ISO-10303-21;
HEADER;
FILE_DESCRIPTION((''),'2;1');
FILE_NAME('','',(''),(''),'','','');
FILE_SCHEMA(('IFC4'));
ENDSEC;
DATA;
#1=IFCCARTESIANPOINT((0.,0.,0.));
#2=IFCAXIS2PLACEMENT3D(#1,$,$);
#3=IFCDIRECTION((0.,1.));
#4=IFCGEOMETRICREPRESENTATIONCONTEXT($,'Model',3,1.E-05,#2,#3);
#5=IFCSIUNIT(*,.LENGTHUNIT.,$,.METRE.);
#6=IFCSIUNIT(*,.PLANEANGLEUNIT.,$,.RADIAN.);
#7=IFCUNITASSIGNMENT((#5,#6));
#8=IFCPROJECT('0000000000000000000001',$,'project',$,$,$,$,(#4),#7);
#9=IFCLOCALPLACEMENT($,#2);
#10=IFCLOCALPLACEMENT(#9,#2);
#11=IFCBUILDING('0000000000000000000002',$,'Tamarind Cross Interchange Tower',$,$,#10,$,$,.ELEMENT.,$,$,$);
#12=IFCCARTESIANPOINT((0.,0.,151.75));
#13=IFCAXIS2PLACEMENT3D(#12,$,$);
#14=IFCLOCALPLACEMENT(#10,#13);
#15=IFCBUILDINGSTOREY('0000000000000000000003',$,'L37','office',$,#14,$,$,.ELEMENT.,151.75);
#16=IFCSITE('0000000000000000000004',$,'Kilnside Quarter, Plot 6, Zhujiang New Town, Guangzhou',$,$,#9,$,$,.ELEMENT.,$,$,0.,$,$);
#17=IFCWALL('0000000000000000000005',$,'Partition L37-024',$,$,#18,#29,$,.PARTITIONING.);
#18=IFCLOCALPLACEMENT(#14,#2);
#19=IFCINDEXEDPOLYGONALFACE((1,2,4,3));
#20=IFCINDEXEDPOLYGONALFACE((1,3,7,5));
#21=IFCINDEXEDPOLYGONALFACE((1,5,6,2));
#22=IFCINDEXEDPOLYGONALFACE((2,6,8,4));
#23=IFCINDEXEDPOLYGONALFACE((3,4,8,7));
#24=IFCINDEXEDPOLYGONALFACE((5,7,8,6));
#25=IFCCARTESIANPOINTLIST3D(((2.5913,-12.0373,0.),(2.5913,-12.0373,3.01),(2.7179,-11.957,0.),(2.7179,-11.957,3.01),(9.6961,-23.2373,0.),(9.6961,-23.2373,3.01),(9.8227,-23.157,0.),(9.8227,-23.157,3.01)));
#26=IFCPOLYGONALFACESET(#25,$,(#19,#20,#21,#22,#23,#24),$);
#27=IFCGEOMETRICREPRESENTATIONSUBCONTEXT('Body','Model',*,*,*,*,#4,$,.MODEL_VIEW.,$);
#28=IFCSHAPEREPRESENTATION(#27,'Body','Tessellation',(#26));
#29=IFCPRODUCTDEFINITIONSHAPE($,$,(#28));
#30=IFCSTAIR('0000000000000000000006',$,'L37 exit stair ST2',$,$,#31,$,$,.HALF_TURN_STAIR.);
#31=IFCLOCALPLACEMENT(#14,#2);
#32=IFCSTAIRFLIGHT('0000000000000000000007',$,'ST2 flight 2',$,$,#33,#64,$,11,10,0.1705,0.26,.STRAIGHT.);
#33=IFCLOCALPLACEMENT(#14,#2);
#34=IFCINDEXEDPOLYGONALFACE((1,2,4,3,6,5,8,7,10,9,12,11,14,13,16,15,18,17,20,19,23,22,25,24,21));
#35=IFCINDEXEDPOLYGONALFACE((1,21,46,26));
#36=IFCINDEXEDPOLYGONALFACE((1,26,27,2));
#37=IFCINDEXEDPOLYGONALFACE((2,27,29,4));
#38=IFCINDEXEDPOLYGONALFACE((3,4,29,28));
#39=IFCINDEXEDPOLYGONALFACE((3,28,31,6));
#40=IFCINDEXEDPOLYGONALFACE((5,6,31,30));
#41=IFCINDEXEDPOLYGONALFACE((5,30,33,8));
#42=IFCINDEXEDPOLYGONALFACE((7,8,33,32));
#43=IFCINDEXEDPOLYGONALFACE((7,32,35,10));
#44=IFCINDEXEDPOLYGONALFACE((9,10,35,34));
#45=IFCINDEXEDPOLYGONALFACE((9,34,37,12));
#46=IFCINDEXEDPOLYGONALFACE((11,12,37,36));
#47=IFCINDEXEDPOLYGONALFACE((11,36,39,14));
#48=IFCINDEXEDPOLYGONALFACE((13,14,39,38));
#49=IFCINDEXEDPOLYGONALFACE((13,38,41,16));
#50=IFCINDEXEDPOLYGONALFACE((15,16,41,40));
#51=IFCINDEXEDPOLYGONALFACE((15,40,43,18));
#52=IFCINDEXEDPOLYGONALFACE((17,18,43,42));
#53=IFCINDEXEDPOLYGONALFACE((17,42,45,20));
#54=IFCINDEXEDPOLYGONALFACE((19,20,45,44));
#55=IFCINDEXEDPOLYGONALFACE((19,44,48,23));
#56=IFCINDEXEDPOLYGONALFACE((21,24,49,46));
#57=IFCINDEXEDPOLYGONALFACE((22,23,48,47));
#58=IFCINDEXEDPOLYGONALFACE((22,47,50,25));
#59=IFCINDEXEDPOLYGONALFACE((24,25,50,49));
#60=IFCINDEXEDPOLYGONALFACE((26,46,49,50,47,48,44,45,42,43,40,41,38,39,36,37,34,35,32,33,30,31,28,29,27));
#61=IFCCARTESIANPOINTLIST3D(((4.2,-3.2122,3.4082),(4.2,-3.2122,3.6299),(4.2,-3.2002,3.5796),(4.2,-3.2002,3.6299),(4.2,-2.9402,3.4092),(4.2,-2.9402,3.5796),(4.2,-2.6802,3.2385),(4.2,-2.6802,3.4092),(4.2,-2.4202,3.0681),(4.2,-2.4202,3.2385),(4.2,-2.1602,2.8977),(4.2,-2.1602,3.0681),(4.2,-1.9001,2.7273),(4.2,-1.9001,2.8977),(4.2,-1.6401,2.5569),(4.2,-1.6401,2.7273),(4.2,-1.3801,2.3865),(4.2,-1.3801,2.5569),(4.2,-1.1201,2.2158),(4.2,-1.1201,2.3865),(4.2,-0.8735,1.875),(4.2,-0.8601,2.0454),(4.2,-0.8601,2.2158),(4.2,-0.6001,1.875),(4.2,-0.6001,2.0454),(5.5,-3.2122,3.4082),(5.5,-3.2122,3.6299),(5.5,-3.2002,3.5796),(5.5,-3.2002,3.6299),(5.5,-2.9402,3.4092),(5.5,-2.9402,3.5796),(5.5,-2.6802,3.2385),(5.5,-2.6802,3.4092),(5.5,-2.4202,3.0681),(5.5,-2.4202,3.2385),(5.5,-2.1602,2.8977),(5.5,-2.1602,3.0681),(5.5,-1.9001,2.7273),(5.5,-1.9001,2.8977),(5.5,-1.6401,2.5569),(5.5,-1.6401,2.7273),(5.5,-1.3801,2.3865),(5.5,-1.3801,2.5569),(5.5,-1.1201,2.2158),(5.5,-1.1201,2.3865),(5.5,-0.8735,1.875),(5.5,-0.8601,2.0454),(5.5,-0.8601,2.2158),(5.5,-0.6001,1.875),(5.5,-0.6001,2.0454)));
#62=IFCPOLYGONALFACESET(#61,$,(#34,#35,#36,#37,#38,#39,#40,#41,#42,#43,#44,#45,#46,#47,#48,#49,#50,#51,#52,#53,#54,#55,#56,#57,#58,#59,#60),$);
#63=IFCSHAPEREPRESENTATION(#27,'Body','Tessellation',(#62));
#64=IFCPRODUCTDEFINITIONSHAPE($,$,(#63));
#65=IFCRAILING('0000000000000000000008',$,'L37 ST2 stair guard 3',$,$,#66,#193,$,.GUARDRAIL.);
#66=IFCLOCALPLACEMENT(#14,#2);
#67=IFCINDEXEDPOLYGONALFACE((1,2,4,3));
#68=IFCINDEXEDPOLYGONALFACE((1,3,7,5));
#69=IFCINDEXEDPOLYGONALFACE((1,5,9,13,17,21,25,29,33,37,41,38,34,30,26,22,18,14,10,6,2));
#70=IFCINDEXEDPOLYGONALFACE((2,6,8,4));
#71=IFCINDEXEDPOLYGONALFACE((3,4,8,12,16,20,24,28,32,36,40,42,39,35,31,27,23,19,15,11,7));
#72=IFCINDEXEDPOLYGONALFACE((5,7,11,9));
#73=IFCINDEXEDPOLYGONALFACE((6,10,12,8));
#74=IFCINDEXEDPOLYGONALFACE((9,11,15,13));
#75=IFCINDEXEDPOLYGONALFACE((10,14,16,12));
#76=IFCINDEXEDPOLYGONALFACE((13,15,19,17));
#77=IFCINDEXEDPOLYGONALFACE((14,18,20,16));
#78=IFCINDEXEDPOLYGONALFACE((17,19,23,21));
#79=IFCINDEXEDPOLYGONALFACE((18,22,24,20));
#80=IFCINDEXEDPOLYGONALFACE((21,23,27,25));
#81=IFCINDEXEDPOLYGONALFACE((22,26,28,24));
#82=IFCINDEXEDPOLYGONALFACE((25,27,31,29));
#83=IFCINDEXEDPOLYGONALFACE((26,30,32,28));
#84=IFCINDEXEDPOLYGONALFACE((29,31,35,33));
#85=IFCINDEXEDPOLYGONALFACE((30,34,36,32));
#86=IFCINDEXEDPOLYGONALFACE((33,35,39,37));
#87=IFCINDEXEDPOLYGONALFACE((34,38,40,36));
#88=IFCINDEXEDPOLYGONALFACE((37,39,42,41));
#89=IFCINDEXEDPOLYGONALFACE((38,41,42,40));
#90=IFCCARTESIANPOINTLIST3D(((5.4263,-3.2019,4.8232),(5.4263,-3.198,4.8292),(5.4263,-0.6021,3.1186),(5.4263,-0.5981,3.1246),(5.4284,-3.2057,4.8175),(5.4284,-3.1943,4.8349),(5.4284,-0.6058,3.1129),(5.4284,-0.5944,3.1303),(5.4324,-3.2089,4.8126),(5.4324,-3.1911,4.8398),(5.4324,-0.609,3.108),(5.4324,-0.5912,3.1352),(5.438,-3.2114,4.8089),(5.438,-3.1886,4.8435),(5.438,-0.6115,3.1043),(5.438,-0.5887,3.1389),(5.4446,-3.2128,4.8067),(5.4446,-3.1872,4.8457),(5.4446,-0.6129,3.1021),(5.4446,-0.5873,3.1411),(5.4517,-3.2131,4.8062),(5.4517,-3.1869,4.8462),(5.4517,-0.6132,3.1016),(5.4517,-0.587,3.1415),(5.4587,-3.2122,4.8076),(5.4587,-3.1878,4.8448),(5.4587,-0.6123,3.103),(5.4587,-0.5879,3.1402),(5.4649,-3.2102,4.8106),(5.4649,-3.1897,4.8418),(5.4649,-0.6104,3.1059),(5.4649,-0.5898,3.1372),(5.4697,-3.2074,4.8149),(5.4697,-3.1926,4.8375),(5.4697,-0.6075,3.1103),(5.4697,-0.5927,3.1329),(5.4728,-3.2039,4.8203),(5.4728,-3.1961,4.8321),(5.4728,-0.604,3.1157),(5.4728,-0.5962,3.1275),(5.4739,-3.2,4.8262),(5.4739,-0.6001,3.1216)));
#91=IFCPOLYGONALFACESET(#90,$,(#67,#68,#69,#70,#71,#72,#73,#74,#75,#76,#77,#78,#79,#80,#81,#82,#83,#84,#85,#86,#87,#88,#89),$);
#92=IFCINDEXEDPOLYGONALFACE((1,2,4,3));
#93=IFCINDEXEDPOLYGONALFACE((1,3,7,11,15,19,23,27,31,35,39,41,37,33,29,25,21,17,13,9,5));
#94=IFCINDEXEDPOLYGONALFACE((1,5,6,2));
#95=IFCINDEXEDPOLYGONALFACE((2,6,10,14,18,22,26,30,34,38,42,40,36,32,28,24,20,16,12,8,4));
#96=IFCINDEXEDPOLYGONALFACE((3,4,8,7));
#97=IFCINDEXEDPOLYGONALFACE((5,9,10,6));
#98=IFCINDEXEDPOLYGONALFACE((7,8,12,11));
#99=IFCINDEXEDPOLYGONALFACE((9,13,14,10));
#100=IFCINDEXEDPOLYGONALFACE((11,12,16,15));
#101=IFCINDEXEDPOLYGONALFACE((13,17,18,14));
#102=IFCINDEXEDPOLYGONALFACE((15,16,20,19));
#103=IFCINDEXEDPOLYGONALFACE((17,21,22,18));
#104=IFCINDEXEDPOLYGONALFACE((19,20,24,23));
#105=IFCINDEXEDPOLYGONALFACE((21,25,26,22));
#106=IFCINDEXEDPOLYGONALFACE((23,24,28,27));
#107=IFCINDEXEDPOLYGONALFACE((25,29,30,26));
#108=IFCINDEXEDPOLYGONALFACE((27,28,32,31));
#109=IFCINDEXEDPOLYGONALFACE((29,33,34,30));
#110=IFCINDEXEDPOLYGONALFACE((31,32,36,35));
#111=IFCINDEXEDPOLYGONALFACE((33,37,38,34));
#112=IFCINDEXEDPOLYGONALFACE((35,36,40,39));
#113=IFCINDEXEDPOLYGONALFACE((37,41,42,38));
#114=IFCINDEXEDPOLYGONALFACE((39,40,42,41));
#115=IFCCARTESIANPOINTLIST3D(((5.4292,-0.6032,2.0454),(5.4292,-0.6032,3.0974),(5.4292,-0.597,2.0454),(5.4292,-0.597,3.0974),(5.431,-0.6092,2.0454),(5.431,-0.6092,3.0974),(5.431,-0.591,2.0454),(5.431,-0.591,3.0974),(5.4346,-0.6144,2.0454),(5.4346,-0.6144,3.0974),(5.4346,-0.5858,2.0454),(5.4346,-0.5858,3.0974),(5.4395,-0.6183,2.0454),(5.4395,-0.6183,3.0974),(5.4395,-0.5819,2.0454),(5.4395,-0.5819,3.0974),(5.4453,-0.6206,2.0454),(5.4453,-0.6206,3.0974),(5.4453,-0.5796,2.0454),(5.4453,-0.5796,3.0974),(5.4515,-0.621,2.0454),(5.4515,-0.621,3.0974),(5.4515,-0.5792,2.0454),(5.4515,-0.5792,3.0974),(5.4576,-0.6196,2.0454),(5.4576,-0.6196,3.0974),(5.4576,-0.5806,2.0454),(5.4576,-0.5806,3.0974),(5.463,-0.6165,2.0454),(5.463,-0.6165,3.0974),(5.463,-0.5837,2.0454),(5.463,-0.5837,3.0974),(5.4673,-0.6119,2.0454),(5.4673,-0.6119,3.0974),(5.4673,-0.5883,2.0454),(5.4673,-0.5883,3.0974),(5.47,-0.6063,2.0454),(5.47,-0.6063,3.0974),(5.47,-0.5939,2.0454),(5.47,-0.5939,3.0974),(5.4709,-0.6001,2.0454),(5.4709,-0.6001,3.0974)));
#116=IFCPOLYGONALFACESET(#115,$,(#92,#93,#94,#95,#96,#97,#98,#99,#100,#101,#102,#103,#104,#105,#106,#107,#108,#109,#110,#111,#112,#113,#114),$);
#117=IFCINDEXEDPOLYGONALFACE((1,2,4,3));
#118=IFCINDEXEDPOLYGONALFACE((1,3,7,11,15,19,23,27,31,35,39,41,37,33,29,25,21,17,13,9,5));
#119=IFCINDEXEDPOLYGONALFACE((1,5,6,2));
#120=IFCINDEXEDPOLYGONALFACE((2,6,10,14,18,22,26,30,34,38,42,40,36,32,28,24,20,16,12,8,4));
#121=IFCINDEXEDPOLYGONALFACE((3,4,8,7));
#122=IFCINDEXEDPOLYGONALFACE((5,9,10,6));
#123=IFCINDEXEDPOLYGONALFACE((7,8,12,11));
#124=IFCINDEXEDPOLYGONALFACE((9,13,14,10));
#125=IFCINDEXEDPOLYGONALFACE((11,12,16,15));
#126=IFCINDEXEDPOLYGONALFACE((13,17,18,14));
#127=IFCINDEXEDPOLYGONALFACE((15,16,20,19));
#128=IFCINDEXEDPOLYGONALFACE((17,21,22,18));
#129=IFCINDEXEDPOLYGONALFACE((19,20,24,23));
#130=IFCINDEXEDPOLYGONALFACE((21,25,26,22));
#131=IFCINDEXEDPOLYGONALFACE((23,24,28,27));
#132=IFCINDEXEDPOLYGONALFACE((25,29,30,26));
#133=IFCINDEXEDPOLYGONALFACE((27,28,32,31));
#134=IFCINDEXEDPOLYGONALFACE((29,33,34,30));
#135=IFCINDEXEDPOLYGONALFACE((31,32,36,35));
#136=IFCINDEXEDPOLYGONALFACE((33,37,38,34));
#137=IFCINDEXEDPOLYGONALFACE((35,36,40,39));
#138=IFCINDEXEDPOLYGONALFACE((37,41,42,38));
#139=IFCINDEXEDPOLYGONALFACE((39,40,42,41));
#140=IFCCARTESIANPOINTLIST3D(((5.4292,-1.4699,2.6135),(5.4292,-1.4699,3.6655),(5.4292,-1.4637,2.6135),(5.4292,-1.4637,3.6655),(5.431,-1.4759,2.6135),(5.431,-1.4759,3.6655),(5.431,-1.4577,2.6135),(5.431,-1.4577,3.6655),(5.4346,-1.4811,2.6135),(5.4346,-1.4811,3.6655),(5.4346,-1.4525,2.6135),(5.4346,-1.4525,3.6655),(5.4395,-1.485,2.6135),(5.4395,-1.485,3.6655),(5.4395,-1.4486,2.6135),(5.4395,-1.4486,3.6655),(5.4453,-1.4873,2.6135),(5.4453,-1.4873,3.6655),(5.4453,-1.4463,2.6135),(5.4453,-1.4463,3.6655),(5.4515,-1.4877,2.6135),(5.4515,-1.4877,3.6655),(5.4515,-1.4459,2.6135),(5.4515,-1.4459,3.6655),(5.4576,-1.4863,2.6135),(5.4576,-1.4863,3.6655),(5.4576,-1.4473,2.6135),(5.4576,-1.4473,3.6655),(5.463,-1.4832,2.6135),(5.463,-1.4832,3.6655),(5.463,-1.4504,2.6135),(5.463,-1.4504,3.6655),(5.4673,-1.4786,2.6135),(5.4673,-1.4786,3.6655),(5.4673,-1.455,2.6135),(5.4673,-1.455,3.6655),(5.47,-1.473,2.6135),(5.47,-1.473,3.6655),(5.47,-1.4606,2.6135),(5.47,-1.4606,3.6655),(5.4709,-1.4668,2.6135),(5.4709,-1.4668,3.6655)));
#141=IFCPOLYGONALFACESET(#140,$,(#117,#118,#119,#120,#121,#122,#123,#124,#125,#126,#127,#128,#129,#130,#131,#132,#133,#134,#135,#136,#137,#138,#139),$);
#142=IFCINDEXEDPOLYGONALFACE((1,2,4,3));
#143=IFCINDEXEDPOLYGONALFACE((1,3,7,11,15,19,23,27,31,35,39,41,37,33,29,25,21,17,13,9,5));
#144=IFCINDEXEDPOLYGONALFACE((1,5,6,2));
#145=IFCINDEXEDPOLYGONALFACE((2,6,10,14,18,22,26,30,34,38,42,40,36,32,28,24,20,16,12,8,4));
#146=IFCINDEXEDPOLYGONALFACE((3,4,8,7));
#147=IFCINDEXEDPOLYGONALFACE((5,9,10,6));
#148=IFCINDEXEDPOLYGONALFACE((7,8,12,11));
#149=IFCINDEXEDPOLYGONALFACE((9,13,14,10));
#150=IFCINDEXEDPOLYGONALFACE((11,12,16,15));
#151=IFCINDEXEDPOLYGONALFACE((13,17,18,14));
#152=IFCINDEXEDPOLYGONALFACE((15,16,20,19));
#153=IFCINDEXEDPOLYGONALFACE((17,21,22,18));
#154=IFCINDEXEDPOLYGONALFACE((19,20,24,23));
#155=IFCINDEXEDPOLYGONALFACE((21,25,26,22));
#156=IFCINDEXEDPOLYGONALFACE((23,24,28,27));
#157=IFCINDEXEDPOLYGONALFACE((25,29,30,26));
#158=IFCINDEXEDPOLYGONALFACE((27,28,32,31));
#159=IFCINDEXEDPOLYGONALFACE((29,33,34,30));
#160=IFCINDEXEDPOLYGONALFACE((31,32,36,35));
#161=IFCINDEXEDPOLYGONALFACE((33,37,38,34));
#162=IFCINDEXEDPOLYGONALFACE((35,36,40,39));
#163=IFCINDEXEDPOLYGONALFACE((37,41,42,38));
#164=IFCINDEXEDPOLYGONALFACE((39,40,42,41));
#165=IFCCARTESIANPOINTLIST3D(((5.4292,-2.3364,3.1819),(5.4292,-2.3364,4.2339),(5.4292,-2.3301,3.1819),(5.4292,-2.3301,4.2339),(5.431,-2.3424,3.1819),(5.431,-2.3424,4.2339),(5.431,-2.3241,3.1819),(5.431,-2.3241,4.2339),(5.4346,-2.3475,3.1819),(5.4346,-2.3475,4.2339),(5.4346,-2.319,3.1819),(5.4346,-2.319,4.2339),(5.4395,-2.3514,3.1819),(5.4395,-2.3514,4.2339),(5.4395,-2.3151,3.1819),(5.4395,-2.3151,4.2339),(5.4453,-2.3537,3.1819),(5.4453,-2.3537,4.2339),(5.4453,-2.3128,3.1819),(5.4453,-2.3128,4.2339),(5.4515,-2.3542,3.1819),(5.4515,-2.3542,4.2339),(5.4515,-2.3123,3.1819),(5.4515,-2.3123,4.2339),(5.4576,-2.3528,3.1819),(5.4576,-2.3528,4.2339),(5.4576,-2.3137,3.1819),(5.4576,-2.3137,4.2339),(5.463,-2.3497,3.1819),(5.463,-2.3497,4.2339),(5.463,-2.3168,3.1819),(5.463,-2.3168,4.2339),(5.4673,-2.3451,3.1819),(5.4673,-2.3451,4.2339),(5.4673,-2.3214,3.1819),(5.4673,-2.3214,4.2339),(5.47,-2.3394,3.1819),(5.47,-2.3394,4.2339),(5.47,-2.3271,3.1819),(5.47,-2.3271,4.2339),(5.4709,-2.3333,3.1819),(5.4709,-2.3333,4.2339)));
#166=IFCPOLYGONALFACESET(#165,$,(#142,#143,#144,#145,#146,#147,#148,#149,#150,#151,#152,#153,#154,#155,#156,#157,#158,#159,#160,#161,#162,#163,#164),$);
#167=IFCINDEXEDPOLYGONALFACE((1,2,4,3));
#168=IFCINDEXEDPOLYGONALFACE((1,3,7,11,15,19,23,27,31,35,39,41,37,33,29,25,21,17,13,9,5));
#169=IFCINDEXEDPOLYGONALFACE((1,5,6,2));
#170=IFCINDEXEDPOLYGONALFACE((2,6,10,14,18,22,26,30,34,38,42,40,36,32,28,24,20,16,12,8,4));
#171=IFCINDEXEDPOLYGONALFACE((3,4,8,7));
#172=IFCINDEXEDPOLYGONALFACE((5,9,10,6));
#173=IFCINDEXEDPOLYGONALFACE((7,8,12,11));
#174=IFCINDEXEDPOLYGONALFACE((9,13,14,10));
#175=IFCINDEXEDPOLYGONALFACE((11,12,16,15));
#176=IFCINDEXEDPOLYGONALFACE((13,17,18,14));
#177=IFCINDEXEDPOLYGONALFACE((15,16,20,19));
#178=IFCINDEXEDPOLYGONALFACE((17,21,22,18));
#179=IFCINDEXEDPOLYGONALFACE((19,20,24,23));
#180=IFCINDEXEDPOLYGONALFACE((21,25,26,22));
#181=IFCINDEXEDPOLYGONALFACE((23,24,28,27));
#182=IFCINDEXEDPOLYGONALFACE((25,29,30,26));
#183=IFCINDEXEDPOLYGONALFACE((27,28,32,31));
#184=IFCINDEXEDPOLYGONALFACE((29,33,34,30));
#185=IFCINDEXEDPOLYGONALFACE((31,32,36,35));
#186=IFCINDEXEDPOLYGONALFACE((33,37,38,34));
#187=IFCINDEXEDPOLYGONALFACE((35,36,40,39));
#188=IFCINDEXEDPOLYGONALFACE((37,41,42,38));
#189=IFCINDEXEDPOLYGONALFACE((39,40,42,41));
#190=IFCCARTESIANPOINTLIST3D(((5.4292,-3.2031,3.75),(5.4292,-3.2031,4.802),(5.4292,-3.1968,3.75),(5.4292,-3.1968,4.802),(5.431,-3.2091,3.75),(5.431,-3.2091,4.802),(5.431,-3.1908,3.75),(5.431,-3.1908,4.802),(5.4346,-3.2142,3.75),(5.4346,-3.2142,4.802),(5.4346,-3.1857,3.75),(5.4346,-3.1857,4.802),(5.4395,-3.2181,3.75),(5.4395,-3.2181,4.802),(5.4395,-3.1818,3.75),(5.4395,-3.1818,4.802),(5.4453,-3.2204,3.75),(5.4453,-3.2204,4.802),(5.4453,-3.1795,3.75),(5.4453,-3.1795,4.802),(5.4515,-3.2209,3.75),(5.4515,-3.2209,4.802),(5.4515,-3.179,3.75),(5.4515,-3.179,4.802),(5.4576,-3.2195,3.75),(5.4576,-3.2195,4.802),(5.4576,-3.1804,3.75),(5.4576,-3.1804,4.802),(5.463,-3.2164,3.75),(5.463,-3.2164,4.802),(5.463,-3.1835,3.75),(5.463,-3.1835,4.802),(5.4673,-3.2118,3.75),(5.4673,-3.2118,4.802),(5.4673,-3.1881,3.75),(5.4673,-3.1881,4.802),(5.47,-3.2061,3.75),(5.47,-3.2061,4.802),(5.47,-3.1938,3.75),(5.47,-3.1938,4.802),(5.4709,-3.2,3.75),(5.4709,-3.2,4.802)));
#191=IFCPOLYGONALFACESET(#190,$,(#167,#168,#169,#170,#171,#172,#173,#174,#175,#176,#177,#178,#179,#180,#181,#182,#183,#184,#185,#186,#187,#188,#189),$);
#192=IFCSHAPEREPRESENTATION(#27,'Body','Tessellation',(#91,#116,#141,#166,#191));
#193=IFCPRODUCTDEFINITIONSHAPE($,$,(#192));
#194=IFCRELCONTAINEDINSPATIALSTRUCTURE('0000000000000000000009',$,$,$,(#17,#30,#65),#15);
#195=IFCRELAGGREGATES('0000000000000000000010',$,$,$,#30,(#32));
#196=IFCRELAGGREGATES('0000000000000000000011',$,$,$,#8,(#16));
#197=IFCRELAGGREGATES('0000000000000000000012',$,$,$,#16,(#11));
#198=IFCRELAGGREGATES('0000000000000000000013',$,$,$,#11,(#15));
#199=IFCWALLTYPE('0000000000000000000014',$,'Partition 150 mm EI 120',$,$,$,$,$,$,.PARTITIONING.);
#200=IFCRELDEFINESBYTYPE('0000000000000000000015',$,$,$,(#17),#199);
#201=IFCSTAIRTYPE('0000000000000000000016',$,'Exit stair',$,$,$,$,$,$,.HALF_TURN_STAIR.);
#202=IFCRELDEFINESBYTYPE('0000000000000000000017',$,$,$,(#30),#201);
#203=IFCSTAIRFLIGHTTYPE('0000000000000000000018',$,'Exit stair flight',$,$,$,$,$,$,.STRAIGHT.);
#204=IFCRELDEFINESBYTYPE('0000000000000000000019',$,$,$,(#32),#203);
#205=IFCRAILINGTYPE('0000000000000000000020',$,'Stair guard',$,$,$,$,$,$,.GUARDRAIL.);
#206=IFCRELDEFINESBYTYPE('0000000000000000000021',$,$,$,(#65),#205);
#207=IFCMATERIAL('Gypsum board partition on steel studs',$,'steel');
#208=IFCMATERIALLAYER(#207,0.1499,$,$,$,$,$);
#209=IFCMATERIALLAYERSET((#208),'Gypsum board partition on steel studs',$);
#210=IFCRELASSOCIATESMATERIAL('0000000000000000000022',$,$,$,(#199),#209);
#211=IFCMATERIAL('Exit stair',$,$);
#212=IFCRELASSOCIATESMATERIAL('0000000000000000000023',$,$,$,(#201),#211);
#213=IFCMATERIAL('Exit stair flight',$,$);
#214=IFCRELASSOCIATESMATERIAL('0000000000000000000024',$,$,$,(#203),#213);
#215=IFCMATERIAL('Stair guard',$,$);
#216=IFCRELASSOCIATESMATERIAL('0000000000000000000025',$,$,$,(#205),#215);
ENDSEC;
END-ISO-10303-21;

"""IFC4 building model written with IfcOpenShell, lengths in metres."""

from ifc_helpers import new_model, si_unit, direction, frame, frame_2d, origin, origin_2d, place, context, subcontext, project, spatial, polyline, rectangle, circle, outline, extrude, material, layer, layer_set, type_object, element, aggregate, save


model = new_model("IFC4")

# Units and contexts
model_context = context("Model", 3, precision=1e-05, world=origin(), true_north=direction((0.0, 1.0)))
body_context = subcontext(model_context, "Body", "Model", "MODEL_VIEW")
ifc_project = project(units=[si_unit("LENGTHUNIT", "METRE"), si_unit("PLANEANGLEUNIT", "RADIAN")], contexts=[model_context])

# Site, building, storey
site_placement = place(None, origin())
site = spatial("IfcSite", under=ifc_project, at=site_placement, Name="Kilnside Quarter, Plot 6, Zhujiang New Town, Guangzhou", CompositionType="ELEMENT", RefElevation=0.0)
building_placement = place(site_placement, origin())
building = spatial("IfcBuilding", under=site, at=building_placement, Name="Tamarind Cross Interchange Tower", CompositionType="ELEMENT")
storey_placement = place(building_placement, frame((0.0, 0.0, 151.75)))
storey = spatial("IfcBuildingStorey", under=building, at=storey_placement, Name="L37", Description="office", CompositionType="ELEMENT", Elevation=151.75)

# Wall
ifc_material_1 = material(Name="Gypsum board partition on steel studs", Category="steel")
ifc_layer_1 = layer(ifc_material_1, 0.1499)
ifc_layer_set_1 = layer_set([ifc_layer_1], Name="Gypsum board partition on steel studs")
wall_type_1 = type_object("IfcWallType", Name="Partition 150 mm EI 120", PredefinedType="PARTITIONING", material=ifc_layer_set_1)
wall_1_placement = place(storey_placement, frame((2.6545, -11.9971, 0.0), z_axis=(0.0, 0.0, 1.0), x_axis=(0.535667, -0.844429, 0.0)))
element("IfcWall", 1, at=wall_1_placement, inside=storey, type_object=wall_type_1, Name="Partition L37-024", PredefinedType="PARTITIONING", context=body_context, shape_type="SweptSolid", body=[
    extrude(rectangle(XDim=13.2634, YDim=0.1499, at=frame_2d((6.6318, 0.0))), origin(), (0.0, 0.0, 1.0), 3.01),
])

# Stair, stair flight
ifc_material_2 = material(Name="Exit stair")
stair_type = type_object("IfcStairType", Name="Exit stair", PredefinedType="HALF_TURN_STAIR", material=ifc_material_2)
stair_placement = place(storey_placement, origin())
stair = element("IfcStair", 2, at=stair_placement, inside=storey, type_object=stair_type, Name="L37 exit stair ST2", PredefinedType="HALF_TURN_STAIR")
ifc_material_3 = material(Name="Exit stair flight")
stair_flight_type = type_object("IfcStairFlightType", Name="Exit stair flight", PredefinedType="STRAIGHT", material=ifc_material_3)
stair_flight_placement = place(storey_placement, frame((4.8501, -0.6001, 1.875), z_axis=(0.0, 0.0, 1.0), x_axis=(0.0, -1.0, 0.0)))
stair_flight = element("IfcStairFlight", 3, at=stair_flight_placement, type_object=stair_flight_type, Name="ST2 flight 2", NumberOfRisers=11, NumberOfTreads=10, PredefinedType="STRAIGHT", RiserHeight=0.1705, TreadLength=0.26, context=body_context, shape_type="SweptSolid", body=[
    extrude(outline(polyline([(0.0, 0.0), (0.0, 0.1704), (0.26, 0.1704), (0.26, 0.3408), (0.52, 0.3408), (0.52, 0.5115), (0.78, 0.5115), (0.78, 0.6819), (1.04, 0.6819), (1.04, 0.8523), (1.3, 0.8523), (1.3, 1.0227), (1.5601, 1.0227), (1.5601, 1.1931), (1.8201, 1.1931), (1.8201, 1.3635), (2.0801, 1.3635), (2.0801, 1.5342), (2.3401, 1.5342), (2.3401, 1.7046), (2.6001, 1.7046), (2.6001, 1.7549), (2.6121, 1.7549), (2.6121, 1.5332), (0.2734, 0.0), (0.0, 0.0)])), frame((0.0, 0.6499, 0.0), z_axis=(0.0, -1.0, 0.0), x_axis=(1.0, 0.0, 0.0)), (0.0, 0.0, 1.0), 1.3),
])
aggregate(stair, [stair_flight])

# Railing
ifc_material_4 = material(Name="Stair guard")
railing_type_1 = type_object("IfcRailingType", Name="Stair guard", PredefinedType="GUARDRAIL", material=ifc_material_4)
railing_1_placement = place(storey_placement, frame((5.45, -0.6001, 2.0454)))
element("IfcRailing", 4, at=railing_1_placement, inside=storey, type_object=railing_type_1, Name="L37 ST2 stair guard 3", PredefinedType="GUARDRAIL", context=body_context, shape_type="SweptSolid", body=[
    extrude(circle(Radius=0.0239, at=origin_2d()), frame((0.0, 0.0, 1.0762), z_axis=(0.0, -0.836279, 0.548305), x_axis=(1.0, 0.0, 0.0)), (0.0, 0.0, 1.0), 3.1089),
    extrude(circle(Radius=0.021, at=origin_2d()), origin(), (0.0, 0.0, 1.0), 1.052),
    extrude(circle(Radius=0.021, at=origin_2d()), frame((0.0, -0.8667, 0.5681)), (0.0, 0.0, 1.0), 1.052),
    extrude(circle(Radius=0.021, at=origin_2d()), frame((0.0, -1.7332, 1.1365)), (0.0, 0.0, 1.0), 1.052),
    extrude(circle(Radius=0.021, at=origin_2d()), frame((0.0, -2.5999, 1.7046)), (0.0, 0.0, 1.0), 1.052),
])

save(model, "model.ifc")
